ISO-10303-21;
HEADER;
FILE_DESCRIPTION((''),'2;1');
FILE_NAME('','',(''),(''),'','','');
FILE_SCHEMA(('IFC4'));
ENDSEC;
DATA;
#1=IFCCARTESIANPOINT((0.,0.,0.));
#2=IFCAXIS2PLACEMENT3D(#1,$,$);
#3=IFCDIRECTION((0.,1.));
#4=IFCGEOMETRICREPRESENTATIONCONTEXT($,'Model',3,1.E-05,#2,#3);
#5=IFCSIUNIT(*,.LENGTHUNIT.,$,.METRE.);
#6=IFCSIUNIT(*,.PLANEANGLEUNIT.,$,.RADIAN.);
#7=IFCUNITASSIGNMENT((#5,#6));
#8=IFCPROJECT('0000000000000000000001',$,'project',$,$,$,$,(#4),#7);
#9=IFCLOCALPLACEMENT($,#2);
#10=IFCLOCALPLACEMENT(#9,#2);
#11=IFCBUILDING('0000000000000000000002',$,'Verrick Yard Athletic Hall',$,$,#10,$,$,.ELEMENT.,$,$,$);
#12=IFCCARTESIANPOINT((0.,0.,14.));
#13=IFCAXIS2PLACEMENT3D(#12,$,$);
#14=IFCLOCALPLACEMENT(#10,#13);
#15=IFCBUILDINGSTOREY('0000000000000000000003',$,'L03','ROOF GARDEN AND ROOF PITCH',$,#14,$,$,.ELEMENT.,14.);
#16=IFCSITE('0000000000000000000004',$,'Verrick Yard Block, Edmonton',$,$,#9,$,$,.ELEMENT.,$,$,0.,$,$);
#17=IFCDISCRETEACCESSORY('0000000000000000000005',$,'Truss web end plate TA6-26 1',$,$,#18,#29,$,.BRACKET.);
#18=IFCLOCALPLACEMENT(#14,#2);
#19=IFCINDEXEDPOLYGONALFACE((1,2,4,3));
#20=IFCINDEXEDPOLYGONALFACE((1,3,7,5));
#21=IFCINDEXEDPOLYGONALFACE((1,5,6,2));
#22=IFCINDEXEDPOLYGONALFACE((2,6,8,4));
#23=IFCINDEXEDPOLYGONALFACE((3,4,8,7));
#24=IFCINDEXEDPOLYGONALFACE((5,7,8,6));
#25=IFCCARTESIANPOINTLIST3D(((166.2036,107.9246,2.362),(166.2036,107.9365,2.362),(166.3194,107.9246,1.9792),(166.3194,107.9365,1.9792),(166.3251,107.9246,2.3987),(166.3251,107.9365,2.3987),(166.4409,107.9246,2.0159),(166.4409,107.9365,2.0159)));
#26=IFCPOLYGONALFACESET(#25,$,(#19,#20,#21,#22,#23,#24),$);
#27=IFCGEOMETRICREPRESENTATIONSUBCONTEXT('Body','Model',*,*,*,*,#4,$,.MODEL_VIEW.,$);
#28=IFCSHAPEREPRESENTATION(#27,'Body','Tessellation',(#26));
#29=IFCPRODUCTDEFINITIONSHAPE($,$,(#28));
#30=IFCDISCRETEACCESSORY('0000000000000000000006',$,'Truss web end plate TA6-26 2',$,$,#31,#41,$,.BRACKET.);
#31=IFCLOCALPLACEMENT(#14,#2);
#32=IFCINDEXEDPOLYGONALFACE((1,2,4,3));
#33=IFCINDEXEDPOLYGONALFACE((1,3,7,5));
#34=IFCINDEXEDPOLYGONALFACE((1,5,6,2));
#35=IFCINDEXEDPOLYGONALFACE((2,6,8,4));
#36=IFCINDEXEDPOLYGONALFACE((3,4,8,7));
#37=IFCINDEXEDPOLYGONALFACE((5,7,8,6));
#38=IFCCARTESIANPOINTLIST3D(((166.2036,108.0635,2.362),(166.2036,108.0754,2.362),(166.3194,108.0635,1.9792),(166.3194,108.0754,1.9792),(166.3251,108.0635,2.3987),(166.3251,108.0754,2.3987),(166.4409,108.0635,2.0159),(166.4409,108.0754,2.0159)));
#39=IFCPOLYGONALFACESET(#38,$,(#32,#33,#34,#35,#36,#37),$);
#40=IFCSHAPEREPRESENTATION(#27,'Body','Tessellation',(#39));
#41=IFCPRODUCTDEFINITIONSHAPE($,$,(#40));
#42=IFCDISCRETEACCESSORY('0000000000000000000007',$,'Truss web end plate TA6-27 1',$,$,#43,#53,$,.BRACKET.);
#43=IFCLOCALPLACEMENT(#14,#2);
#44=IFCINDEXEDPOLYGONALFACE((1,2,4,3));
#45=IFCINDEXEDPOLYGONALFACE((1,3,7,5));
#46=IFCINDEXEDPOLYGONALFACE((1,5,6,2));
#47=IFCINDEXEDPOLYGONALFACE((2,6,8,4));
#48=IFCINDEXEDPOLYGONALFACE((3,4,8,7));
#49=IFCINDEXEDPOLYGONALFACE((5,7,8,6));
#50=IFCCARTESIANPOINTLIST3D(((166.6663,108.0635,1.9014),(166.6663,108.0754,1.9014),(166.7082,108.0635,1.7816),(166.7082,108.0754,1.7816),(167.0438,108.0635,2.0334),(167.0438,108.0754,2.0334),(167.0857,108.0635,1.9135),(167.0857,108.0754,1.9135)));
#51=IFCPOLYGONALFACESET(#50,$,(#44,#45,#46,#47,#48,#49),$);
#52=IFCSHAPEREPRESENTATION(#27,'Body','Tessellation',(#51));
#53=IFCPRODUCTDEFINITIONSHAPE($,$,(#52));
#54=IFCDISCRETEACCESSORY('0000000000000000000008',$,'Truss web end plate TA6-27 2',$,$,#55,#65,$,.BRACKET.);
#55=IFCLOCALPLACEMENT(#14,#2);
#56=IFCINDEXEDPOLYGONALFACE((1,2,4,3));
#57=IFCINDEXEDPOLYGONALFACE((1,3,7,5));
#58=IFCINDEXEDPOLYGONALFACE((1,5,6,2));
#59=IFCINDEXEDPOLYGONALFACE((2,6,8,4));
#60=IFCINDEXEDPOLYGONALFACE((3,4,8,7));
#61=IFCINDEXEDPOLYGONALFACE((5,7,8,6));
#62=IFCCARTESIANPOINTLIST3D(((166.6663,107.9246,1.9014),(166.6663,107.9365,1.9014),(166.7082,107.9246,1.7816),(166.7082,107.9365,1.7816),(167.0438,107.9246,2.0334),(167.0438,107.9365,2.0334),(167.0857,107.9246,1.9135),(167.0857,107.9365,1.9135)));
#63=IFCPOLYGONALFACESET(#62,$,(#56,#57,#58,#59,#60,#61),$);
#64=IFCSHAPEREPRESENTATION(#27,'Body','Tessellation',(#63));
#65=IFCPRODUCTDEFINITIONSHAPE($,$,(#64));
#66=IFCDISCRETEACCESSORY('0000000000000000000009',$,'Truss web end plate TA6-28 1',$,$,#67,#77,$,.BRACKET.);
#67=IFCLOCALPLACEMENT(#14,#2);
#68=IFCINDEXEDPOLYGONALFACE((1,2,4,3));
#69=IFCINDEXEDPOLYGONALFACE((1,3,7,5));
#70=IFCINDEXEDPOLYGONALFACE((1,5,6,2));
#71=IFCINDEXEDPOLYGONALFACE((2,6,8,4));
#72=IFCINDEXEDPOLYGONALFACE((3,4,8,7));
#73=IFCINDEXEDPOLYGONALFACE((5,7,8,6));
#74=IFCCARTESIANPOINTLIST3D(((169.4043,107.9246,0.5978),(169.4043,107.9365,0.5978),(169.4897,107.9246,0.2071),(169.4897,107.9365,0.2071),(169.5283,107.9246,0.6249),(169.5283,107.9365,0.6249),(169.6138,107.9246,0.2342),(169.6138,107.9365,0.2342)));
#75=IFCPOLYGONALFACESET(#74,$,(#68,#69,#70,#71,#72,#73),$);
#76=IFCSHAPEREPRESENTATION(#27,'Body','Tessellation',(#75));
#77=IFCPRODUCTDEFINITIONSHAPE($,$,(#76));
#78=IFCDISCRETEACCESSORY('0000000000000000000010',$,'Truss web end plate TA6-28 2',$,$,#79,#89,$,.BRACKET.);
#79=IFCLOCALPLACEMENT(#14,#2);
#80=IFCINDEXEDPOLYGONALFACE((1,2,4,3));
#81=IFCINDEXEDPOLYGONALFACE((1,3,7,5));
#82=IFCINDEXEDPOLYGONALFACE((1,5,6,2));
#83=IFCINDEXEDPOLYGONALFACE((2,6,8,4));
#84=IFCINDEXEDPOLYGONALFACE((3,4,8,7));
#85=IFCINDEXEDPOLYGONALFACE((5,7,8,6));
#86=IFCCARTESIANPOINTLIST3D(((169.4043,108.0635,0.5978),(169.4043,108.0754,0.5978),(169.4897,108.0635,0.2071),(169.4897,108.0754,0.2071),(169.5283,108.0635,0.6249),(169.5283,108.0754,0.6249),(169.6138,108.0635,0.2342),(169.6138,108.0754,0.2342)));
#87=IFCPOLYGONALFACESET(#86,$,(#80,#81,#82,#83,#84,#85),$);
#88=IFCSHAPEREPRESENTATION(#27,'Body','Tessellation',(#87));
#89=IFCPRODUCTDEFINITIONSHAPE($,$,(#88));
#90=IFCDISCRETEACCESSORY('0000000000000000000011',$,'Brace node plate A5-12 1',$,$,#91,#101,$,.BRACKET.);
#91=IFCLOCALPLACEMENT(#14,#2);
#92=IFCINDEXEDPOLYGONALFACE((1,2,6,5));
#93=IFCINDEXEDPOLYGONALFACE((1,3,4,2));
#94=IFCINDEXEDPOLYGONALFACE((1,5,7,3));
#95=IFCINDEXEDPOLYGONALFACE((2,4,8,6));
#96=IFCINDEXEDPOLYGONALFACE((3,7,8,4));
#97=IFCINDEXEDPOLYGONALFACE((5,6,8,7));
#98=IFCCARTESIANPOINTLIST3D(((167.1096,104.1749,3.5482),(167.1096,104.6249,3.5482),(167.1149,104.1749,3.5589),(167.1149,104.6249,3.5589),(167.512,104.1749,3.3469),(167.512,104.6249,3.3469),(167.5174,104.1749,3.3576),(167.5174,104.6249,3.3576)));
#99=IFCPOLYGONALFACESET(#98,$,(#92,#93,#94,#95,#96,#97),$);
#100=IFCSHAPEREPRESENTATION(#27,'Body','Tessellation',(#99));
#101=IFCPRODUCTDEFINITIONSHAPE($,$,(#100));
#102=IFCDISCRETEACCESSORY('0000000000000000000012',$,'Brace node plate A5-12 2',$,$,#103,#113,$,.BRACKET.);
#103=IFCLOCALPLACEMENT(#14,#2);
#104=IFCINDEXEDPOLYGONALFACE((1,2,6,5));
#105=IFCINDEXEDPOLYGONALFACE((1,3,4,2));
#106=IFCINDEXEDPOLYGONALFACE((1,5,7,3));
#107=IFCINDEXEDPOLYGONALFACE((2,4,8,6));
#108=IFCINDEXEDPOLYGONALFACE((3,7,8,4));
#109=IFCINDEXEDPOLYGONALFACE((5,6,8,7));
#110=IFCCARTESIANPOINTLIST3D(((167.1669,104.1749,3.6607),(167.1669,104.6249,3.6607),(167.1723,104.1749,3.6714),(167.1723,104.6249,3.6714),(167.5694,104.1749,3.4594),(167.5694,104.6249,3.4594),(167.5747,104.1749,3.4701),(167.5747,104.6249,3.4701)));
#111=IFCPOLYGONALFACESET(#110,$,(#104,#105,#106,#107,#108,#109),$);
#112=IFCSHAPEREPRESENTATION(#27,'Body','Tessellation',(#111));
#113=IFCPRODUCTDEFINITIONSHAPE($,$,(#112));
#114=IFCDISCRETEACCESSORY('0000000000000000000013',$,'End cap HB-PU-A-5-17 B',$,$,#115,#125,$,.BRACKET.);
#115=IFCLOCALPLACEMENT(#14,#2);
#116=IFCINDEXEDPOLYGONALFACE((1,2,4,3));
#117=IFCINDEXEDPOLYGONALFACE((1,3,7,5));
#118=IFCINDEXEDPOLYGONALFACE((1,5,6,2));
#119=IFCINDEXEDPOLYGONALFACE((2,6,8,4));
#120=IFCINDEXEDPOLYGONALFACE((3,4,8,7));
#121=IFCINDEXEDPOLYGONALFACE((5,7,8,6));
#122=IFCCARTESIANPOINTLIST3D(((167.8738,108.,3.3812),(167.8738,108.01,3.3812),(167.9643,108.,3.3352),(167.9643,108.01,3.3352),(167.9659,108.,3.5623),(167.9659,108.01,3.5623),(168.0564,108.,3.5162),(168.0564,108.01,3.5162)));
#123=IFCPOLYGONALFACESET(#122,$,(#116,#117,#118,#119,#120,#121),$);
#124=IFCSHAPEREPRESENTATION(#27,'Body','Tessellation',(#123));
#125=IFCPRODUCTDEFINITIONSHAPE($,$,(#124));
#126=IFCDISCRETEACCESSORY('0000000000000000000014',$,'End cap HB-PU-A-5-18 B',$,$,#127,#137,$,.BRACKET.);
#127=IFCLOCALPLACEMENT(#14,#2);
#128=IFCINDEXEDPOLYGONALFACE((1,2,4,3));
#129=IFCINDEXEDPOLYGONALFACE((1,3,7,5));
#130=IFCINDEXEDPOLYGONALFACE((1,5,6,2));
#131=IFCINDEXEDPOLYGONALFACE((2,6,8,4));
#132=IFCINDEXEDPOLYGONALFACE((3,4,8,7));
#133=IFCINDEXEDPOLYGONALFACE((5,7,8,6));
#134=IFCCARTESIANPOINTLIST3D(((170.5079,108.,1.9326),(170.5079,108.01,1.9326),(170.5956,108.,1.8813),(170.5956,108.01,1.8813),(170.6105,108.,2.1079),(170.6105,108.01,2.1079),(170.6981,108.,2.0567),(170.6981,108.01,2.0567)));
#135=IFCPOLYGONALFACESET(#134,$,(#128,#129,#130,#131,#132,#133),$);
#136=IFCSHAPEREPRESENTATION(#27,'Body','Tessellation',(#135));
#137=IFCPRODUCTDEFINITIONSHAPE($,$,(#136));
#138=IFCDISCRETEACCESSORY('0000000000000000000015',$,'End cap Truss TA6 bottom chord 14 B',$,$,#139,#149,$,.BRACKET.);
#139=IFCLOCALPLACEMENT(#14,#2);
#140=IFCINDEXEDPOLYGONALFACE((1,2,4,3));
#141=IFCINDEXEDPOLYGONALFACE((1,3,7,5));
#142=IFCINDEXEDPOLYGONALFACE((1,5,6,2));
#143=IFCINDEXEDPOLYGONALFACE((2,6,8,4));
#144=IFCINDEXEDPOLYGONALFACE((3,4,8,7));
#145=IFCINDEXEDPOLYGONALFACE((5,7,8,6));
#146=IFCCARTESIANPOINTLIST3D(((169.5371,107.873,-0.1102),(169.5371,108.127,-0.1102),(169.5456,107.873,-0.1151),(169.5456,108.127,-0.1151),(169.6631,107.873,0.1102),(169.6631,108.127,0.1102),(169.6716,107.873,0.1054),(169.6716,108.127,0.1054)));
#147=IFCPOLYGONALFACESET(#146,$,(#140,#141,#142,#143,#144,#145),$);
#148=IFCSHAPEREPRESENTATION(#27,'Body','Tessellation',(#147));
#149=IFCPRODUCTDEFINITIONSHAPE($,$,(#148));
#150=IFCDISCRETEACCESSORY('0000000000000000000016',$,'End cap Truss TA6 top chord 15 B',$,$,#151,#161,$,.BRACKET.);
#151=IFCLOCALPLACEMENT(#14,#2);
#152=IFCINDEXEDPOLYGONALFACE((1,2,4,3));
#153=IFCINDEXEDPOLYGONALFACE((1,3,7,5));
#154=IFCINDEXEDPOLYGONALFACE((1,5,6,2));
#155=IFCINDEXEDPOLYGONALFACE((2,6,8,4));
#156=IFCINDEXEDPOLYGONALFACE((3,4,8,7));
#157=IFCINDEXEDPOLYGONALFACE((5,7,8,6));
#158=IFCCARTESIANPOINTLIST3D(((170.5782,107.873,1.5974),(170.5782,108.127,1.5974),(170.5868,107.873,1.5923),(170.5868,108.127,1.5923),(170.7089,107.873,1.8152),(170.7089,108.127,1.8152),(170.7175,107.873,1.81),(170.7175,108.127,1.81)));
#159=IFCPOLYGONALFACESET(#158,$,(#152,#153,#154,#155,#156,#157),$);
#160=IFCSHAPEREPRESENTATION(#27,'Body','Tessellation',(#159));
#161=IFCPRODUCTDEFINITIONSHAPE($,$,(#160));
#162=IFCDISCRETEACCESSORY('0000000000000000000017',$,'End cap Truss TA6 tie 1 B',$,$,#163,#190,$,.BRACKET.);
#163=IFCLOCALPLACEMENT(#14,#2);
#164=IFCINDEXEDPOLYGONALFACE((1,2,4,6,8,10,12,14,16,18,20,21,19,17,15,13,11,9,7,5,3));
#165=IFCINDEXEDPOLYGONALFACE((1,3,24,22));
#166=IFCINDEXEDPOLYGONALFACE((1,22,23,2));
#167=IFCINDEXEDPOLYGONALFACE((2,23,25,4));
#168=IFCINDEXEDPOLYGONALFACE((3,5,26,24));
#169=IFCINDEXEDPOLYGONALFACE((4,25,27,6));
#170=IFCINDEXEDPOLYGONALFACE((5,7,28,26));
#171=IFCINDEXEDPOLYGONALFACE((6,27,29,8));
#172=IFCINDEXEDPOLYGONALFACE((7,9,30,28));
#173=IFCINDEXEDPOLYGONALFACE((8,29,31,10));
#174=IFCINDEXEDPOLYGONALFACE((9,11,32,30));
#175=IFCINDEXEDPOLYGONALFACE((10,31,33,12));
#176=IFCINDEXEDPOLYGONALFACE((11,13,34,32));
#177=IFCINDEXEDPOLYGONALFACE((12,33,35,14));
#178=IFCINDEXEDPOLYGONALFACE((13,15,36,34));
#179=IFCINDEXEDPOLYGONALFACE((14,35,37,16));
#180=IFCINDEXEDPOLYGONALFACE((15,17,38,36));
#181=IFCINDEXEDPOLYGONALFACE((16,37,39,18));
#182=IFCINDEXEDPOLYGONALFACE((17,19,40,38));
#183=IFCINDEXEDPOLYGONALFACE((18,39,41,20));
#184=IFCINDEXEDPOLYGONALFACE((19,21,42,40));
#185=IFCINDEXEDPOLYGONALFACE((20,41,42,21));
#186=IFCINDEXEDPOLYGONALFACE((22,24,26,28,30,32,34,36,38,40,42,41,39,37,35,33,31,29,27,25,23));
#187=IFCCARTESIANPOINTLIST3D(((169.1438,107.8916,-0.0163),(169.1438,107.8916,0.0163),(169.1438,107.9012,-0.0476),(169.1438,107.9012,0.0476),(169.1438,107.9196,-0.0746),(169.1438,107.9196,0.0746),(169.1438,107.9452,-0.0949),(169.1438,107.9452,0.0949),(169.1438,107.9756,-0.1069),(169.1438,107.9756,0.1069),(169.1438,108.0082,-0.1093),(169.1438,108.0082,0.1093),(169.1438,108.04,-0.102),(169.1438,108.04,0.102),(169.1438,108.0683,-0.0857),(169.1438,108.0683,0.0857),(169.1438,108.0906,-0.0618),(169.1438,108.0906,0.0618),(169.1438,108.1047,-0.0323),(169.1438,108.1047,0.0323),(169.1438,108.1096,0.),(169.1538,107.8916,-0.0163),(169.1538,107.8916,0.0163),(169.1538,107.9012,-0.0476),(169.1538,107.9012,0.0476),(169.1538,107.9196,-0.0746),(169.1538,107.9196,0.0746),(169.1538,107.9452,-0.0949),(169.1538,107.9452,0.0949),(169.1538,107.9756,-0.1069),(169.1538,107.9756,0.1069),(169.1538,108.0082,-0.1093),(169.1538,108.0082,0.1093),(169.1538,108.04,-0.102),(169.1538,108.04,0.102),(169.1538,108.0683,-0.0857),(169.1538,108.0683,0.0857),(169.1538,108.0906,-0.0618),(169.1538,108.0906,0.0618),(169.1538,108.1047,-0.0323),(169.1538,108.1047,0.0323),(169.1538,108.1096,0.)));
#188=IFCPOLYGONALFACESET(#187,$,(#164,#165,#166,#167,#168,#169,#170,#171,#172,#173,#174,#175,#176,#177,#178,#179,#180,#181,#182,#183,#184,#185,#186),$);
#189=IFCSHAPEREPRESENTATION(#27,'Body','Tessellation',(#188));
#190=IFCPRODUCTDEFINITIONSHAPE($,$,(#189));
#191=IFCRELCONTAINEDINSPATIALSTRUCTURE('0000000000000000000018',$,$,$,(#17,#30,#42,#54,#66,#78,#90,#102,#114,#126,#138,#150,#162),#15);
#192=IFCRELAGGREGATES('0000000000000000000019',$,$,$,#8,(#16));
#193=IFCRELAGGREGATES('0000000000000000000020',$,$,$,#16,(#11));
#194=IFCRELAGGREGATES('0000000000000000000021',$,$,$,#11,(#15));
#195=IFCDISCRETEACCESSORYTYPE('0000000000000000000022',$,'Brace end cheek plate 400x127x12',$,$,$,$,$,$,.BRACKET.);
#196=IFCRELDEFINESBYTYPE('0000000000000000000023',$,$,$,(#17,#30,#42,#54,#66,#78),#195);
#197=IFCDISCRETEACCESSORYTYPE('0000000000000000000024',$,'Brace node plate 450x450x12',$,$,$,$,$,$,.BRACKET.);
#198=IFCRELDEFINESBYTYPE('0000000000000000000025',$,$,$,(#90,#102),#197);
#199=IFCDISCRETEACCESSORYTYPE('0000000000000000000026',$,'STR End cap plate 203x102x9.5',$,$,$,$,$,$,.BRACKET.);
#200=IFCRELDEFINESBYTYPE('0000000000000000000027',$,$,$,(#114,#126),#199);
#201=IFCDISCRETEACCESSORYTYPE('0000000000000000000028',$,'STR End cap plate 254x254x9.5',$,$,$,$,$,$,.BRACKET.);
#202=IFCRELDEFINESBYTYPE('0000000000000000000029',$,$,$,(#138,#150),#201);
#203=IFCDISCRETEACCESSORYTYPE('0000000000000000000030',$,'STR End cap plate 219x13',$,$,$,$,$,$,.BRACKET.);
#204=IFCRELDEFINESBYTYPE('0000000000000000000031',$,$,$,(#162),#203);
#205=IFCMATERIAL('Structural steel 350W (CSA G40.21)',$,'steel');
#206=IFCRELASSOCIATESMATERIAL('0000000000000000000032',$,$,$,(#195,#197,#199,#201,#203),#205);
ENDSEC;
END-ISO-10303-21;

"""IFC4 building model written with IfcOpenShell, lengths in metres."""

from ifc_helpers import new_model, si_unit, direction, frame, origin, origin_2d, place, context, subcontext, project, spatial, rectangle, circle, extrude, material, material_profile, profile_set, type_object, element, save


model = new_model("IFC4")

# Units and contexts
model_context = context("Model", 3, precision=1e-05, world=origin(), true_north=direction((0.0, 1.0)))
body_context = subcontext(model_context, "Body", "Model", "MODEL_VIEW")
ifc_project = project(units=[si_unit("LENGTHUNIT", "METRE"), si_unit("PLANEANGLEUNIT", "RADIAN")], contexts=[model_context])

# Site, building, storey
site_placement = place(None, origin())
site = spatial("IfcSite", under=ifc_project, at=site_placement, Name="Verrick Yard Block, Edmonton", CompositionType="ELEMENT", RefElevation=0.0)
building_placement = place(site_placement, origin())
building = spatial("IfcBuilding", under=site, at=building_placement, Name="Verrick Yard Athletic Hall", CompositionType="ELEMENT")
storey_placement = place(building_placement, frame((0.0, 0.0, 14.0)))
storey = spatial("IfcBuildingStorey", under=building, at=storey_placement, Name="L03", Description="ROOF GARDEN AND ROOF PITCH", CompositionType="ELEMENT", Elevation=14.0)

# Discrete accessories
ifc_material_1 = material(Name="Structural steel 350W (CSA G40.21)", Category="steel")
ifc_material_profile_1 = material_profile(ifc_material_1, rectangle(XDim=0.3999, YDim=0.127, at=origin_2d()), Name="Brace end cheek plate")
ifc_profile_set_1 = profile_set([ifc_material_profile_1], Name="Structural steel 350W (CSA G40.21)")
discrete_accessory_type_1 = type_object("IfcDiscreteAccessoryType", Name="Brace end cheek plate 400x127x12", PredefinedType="BRACKET", material=ifc_profile_set_1)
for number, where, z_axis, x_axis, name in (
    (1, (166.3223, 107.9365, 2.189), (0.0, -1.0, 0.0), (-0.289473, 0.0, 0.957186), "Truss web end plate TA6-26 1"),
    (2, (166.3223, 108.0635, 2.189), (0.0, 1.0, 0.0), (-0.289473, 0.0, 0.957186), "Truss web end plate TA6-26 2"),
    (3, (166.876, 108.0635, 1.9075), (0.0, 1.0, 0.0), (0.944026, 0.0, 0.329872), "Truss web end plate TA6-27 1"),
    (4, (166.876, 107.9365, 1.9075), (0.0, -1.0, 0.0), (0.944026, 0.0, 0.329872), "Truss web end plate TA6-27 2"),
    (5, (169.509, 107.9365, 0.416), (0.0, -1.0, 0.0), (-0.213605, 0.0, 0.97692), "Truss web end plate TA6-28 1"),
    (6, (169.509, 108.0635, 0.416), (0.0, 1.0, 0.0), (-0.213605, 0.0, 0.97692), "Truss web end plate TA6-28 2"),
):
    element("IfcDiscreteAccessory", number, at=place(storey_placement, frame(where, z_axis=z_axis, x_axis=x_axis)), inside=storey, type_object=discrete_accessory_type_1, Name=name, PredefinedType="BRACKET", context=body_context, shape_type="SweptSolid", body=[
        extrude(rectangle(XDim=0.3999, YDim=0.127, at=origin_2d()), origin(), (0.0, 0.0, 1.0), 0.012),
    ])
ifc_material_profile_2 = material_profile(ifc_material_1, rectangle(XDim=0.45, YDim=0.45, at=origin_2d()), Name="Brace node plate")
ifc_profile_set_2 = profile_set([ifc_material_profile_2], Name="Structural steel 350W (CSA G40.21)")
discrete_accessory_type_2 = type_object("IfcDiscreteAccessoryType", Name="Brace node plate 450x450x12", PredefinedType="BRACKET", material=ifc_profile_set_2)
for number, where, z_axis, x_axis, name in (
    (7, (167.3162, 104.3999, 3.4583), (-0.447214, 0.0, -0.894427), (0.0, -1.0, 0.0), "Brace node plate A5-12 1"),
    (8, (167.3682, 104.3999, 3.5601), (0.447214, 0.0, 0.894427), (0.0, 1.0, 0.0), "Brace node plate A5-12 2"),
):
    element("IfcDiscreteAccessory", number, at=place(storey_placement, frame(where, z_axis=z_axis, x_axis=x_axis)), inside=storey, type_object=discrete_accessory_type_2, Name=name, PredefinedType="BRACKET", context=body_context, shape_type="SweptSolid", body=[
        extrude(rectangle(XDim=0.45, YDim=0.45, at=origin_2d()), origin(), (0.0, 0.0, 1.0), 0.012),
    ])
ifc_material_profile_3 = material_profile(ifc_material_1, rectangle(XDim=0.1016, YDim=0.2031, at=origin_2d()), Name="STR End cap plate 203x102x9.5")
ifc_profile_set_3 = profile_set([ifc_material_profile_3], Name="Structural steel 350W (CSA G40.21)")
discrete_accessory_type_3 = type_object("IfcDiscreteAccessoryType", Name="STR End cap plate 203x102x9.5", PredefinedType="BRACKET", material=ifc_profile_set_3)
for number, where, z_axis, x_axis, name in (
    (9, (167.9651, 108.0, 3.4487), (0.0, 1.0, 0.0), (-0.891353, 0.0, 0.45331), "End cap HB-PU-A-5-17 B"),
    (10, (170.603, 108.0, 1.9946), (0.0, 1.0, 0.0), (-0.863168, 0.0, 0.504917), "End cap HB-PU-A-5-18 B"),
):
    element("IfcDiscreteAccessory", number, at=place(storey_placement, frame(where, z_axis=z_axis, x_axis=x_axis)), inside=storey, type_object=discrete_accessory_type_3, Name=name, PredefinedType="BRACKET", context=body_context, shape_type="SweptSolid", body=[
        extrude(rectangle(XDim=0.1016, YDim=0.2031, at=origin_2d()), origin(), (0.0, 0.0, 1.0), 0.01),
    ])
ifc_material_profile_4 = material_profile(ifc_material_1, rectangle(XDim=0.2539, YDim=0.2539, at=origin_2d()), Name="STR End cap plate 254x254x9.5")
ifc_profile_set_4 = profile_set([ifc_material_profile_4], Name="Structural steel 350W (CSA G40.21)")
discrete_accessory_type_4 = type_object("IfcDiscreteAccessoryType", Name="STR End cap plate 254x254x9.5", PredefinedType="BRACKET", material=ifc_profile_set_4)
discrete_accessory_1_placement = place(storey_placement, frame((169.6001, 108.0, 0.0), z_axis=(0.868243, 0.0, -0.496139), x_axis=(0.0, 1.0, 0.0)))
element("IfcDiscreteAccessory", 11, at=discrete_accessory_1_placement, inside=storey, type_object=discrete_accessory_type_4, Name="End cap Truss TA6 bottom chord 14 B", PredefinedType="BRACKET", context=body_context, shape_type="SweptSolid", body=[
    extrude(rectangle(XDim=0.2539, YDim=0.2539, at=origin_2d()), origin(), (0.0, 0.0, 1.0), 0.0098),
])
discrete_accessory_2_placement = place(storey_placement, frame((170.6436, 108.0, 1.7063), z_axis=(0.857493, 0.0, -0.514496), x_axis=(0.0, 1.0, 0.0)))
element("IfcDiscreteAccessory", 12, at=discrete_accessory_2_placement, inside=storey, type_object=discrete_accessory_type_4, Name="End cap Truss TA6 top chord 15 B", PredefinedType="BRACKET", context=body_context, shape_type="SweptSolid", body=[
    extrude(rectangle(XDim=0.2539, YDim=0.2539, at=origin_2d()), origin(), (0.0, 0.0, 1.0), 0.01),
])
ifc_material_profile_5 = material_profile(ifc_material_1, circle(Radius=0.1096, at=origin_2d()), Name="STR End cap plate 219x13")
ifc_profile_set_5 = profile_set([ifc_material_profile_5], Name="Structural steel 350W (CSA G40.21)")
discrete_accessory_type_5 = type_object("IfcDiscreteAccessoryType", Name="STR End cap plate 219x13", PredefinedType="BRACKET", material=ifc_profile_set_5)
discrete_accessory_3_placement = place(storey_placement, frame((169.1438, 108.0, 0.0), z_axis=(1.0, 0.0, 0.0), x_axis=(0.0, 1.0, 0.0)))
element("IfcDiscreteAccessory", 13, at=discrete_accessory_3_placement, inside=storey, type_object=discrete_accessory_type_5, Name="End cap Truss TA6 tie 1 B", PredefinedType="BRACKET", context=body_context, shape_type="SweptSolid", body=[
    extrude(circle(Radius=0.1096, at=origin_2d()), origin(), (0.0, 0.0, 1.0), 0.01),
])

save(model, "model.ifc")
